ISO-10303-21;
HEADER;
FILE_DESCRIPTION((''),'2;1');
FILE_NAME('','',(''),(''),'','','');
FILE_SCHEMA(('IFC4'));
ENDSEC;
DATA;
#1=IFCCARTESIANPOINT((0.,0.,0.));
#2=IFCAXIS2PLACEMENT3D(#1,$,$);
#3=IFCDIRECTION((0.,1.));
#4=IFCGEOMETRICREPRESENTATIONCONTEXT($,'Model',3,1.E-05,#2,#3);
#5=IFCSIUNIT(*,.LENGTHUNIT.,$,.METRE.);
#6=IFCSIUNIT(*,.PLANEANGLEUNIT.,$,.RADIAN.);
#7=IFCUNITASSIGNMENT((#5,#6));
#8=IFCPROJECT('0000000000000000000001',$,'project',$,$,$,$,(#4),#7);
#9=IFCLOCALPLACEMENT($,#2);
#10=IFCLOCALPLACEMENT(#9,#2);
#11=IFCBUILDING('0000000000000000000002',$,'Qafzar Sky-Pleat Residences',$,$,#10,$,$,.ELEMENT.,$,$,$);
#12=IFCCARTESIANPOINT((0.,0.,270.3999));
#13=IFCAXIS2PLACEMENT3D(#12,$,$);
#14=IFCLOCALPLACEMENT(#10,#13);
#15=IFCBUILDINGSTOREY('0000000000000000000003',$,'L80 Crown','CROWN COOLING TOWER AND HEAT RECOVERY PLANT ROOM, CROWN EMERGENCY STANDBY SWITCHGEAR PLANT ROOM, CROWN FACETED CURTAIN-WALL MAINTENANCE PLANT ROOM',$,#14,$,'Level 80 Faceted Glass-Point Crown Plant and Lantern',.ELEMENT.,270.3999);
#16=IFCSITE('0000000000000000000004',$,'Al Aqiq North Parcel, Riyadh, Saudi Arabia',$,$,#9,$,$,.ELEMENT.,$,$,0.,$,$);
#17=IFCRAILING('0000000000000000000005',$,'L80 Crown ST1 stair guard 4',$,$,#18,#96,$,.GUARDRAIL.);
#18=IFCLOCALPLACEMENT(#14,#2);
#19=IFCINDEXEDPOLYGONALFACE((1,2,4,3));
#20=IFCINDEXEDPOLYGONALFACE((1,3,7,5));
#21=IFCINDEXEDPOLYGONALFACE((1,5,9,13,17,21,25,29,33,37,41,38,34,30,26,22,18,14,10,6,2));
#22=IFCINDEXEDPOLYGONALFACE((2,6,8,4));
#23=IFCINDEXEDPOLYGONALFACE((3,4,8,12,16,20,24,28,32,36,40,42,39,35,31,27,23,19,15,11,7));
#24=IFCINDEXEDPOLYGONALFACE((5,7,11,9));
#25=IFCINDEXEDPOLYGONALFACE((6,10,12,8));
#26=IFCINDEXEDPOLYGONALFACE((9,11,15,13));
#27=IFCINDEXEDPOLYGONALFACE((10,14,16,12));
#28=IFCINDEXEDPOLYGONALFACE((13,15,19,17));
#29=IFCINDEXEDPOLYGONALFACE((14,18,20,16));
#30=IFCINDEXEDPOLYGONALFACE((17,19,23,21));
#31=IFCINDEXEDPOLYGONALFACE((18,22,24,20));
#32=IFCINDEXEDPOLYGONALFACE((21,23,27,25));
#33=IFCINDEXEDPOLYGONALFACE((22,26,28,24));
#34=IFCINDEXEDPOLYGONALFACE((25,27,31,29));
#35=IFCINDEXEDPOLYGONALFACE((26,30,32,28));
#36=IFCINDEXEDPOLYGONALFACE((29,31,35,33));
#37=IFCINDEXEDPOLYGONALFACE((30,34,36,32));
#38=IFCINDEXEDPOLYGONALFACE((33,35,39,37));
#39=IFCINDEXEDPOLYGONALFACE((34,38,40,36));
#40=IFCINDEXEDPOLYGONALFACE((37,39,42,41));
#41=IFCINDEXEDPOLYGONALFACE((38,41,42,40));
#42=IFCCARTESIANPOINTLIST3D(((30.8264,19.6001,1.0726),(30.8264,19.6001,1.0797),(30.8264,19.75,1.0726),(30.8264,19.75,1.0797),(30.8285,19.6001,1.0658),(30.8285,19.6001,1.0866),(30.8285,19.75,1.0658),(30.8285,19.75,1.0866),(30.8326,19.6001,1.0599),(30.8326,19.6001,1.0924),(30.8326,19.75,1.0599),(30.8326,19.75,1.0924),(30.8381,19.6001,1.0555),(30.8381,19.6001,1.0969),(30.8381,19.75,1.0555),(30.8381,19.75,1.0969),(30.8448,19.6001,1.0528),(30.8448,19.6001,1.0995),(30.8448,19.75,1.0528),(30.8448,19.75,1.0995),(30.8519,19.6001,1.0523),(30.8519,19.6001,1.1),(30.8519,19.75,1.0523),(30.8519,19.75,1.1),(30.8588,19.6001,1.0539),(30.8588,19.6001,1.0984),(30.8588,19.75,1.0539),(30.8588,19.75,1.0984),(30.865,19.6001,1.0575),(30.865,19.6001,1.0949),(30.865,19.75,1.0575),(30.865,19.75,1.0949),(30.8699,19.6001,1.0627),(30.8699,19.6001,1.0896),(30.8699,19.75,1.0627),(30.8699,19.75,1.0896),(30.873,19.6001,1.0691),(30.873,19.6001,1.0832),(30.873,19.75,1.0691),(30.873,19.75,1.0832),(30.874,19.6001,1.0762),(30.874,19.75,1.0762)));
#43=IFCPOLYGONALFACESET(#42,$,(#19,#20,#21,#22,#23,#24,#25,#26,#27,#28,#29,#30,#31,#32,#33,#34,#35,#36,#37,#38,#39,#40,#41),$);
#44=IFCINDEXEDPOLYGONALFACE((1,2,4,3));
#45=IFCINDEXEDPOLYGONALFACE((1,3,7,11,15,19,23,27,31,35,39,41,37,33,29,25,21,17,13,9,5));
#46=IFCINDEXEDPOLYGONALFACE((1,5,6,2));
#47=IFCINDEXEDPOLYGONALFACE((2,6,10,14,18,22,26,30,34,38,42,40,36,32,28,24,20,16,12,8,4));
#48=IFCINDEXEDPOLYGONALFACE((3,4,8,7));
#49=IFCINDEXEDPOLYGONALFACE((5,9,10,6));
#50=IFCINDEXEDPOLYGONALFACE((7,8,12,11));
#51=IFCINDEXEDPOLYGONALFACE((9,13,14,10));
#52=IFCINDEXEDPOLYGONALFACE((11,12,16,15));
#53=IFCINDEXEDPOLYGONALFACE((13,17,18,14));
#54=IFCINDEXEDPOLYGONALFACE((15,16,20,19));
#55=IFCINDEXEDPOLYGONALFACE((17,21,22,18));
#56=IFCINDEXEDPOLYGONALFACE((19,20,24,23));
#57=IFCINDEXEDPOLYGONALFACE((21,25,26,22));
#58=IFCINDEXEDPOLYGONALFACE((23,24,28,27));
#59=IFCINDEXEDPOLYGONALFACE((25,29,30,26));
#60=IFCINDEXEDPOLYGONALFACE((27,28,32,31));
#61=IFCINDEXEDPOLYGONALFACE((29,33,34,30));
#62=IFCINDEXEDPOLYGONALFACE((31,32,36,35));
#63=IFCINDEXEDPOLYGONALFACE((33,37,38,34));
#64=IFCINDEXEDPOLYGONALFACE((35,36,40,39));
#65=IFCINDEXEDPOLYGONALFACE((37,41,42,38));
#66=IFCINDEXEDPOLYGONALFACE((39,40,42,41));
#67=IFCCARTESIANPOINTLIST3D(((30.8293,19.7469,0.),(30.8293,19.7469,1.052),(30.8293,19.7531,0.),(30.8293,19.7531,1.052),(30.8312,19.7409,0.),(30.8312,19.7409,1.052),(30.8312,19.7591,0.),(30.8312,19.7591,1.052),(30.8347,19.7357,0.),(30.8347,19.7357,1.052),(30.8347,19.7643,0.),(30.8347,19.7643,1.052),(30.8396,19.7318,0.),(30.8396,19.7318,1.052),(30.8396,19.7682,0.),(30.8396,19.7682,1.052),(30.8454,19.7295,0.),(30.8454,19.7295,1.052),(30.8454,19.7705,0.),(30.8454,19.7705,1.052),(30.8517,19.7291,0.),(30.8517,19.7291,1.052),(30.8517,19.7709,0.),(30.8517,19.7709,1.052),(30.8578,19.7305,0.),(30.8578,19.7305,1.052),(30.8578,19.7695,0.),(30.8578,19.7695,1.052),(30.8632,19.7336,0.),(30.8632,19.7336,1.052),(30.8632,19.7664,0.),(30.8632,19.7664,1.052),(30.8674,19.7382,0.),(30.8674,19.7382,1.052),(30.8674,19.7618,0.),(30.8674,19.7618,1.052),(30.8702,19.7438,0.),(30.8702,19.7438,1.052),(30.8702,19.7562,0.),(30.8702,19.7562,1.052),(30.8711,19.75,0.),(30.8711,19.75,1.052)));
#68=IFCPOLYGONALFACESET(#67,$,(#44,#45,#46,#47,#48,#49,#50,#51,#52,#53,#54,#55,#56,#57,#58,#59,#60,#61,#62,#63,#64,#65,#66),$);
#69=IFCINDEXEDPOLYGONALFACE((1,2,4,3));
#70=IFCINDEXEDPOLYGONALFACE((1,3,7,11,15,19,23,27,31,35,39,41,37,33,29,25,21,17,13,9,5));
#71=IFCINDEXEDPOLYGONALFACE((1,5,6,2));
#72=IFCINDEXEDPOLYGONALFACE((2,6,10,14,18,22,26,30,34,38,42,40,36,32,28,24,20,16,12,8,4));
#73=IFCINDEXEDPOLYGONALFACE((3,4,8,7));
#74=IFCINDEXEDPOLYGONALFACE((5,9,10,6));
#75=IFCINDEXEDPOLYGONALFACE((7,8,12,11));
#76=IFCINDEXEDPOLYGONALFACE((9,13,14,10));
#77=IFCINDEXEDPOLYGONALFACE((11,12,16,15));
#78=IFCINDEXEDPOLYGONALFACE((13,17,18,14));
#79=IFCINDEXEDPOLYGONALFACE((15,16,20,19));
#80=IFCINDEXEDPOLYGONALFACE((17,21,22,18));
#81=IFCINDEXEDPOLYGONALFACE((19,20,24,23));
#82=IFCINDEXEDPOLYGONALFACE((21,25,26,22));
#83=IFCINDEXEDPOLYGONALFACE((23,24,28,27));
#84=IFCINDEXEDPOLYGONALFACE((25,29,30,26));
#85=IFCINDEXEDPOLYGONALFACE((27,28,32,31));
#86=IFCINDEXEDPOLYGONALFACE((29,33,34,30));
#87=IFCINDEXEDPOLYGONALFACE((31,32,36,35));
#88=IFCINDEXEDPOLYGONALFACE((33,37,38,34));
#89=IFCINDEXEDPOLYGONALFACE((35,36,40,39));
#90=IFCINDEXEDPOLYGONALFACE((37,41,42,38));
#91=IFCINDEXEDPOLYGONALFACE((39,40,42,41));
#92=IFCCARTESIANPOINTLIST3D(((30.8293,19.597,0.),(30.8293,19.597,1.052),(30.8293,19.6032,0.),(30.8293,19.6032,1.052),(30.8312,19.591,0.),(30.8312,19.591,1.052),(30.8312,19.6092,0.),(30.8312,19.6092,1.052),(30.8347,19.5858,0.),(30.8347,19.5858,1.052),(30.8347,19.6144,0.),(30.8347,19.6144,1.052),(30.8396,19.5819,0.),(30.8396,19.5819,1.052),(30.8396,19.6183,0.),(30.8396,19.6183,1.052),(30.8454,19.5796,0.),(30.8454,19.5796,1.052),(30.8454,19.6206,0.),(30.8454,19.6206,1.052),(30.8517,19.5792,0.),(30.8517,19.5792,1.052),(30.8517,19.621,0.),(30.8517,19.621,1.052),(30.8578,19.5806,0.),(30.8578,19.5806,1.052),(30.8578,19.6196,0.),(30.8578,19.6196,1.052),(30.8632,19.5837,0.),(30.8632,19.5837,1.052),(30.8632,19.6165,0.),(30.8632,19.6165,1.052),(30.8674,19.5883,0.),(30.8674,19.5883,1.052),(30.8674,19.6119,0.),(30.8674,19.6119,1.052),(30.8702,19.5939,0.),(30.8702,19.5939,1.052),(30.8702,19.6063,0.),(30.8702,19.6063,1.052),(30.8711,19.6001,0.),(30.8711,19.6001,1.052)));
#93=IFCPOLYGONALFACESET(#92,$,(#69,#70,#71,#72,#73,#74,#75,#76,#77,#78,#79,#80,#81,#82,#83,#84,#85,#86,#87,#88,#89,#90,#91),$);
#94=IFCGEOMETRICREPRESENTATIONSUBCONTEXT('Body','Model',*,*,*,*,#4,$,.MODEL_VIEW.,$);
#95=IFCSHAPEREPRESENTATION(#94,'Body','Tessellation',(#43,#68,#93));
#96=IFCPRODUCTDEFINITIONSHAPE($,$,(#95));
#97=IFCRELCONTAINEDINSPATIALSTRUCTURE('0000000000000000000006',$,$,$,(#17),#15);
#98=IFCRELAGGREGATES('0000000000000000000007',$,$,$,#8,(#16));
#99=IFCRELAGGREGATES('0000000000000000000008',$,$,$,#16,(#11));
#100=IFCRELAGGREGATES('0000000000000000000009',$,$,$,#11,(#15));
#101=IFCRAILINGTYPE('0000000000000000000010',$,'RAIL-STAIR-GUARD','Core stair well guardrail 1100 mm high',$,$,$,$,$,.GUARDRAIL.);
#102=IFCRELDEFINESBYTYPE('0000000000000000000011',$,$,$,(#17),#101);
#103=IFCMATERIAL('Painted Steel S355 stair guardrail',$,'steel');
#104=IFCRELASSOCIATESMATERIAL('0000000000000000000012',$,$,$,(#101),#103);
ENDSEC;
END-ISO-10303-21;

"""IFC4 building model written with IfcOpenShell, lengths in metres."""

from ifc_helpers import new_model, si_unit, direction, frame, origin, origin_2d, place, context, subcontext, project, spatial, circle, extrude, source, transform, mapped, material, type_object, element, save


model = new_model("IFC4")

# Units and contexts
model_context = context("Model", 3, precision=1e-05, world=origin(), true_north=direction((0.0, 1.0)))
body_context = subcontext(model_context, "Body", "Model", "MODEL_VIEW")
ifc_project = project(units=[si_unit("LENGTHUNIT", "METRE"), si_unit("PLANEANGLEUNIT", "RADIAN")], contexts=[model_context])

# Site, building, storey
site_placement = place(None, origin())
site = spatial("IfcSite", under=ifc_project, at=site_placement, Name="Al Aqiq North Parcel, Riyadh, Saudi Arabia", CompositionType="ELEMENT", RefElevation=0.0)
building_placement = place(site_placement, origin())
building = spatial("IfcBuilding", under=site, at=building_placement, Name="Qafzar Sky-Pleat Residences", CompositionType="ELEMENT")
storey_placement = place(building_placement, frame((0.0, 0.0, 270.3999)))
storey = spatial("IfcBuildingStorey", under=building, at=storey_placement, Name="L80 Crown", Description="CROWN COOLING TOWER AND HEAT RECOVERY PLANT ROOM, CROWN EMERGENCY STANDBY SWITCHGEAR PLANT ROOM, CROWN FACETED CURTAIN-WALL MAINTENANCE PLANT ROOM", LongName="Level 80 Faceted Glass-Point Crown Plant and Lantern", CompositionType="ELEMENT", Elevation=270.3999)

# Railing
ifc_material_1 = material(Name="Painted Steel S355 stair guardrail", Category="steel")
railing_type = type_object("IfcRailingType", Name="RAIL-STAIR-GUARD", Description="Core stair well guardrail 1100 mm high", PredefinedType="GUARDRAIL", material=ifc_material_1)
shared_shape_1 = source(origin(), body_context, "Body", "SweptSolid", [
    extrude(circle(Radius=0.0239, at=origin_2d()), frame((0.0, 0.0, 1.0762), z_axis=(0.0, -1.0, 0.0), x_axis=(1.0, 0.0, 0.0)), (0.0, 0.0, 1.0), 0.1499),
    extrude(circle(Radius=0.021, at=origin_2d()), origin(), (0.0, 0.0, 1.0), 1.052),
    extrude(circle(Radius=0.021, at=origin_2d()), frame((0.0, -0.1499, 0.0)), (0.0, 0.0, 1.0), 1.052),
])
railing_placement = place(storey_placement, frame((30.8501, 19.75, 0.0)))
element("IfcRailing", 1, at=railing_placement, inside=storey, type_object=railing_type, Name="L80 Crown ST1 stair guard 4", PredefinedType="GUARDRAIL", context=body_context, shape_type="MappedRepresentation", body=[
    mapped(shared_shape_1, transform((0.0, 0.0, 0.0), x_axis=(1.0, 0.0, 0.0), y_axis=(0.0, 1.0, 0.0), z_axis=(0.0, 0.0, 1.0), scale=1.0)),
])

save(model, "model.ifc")
